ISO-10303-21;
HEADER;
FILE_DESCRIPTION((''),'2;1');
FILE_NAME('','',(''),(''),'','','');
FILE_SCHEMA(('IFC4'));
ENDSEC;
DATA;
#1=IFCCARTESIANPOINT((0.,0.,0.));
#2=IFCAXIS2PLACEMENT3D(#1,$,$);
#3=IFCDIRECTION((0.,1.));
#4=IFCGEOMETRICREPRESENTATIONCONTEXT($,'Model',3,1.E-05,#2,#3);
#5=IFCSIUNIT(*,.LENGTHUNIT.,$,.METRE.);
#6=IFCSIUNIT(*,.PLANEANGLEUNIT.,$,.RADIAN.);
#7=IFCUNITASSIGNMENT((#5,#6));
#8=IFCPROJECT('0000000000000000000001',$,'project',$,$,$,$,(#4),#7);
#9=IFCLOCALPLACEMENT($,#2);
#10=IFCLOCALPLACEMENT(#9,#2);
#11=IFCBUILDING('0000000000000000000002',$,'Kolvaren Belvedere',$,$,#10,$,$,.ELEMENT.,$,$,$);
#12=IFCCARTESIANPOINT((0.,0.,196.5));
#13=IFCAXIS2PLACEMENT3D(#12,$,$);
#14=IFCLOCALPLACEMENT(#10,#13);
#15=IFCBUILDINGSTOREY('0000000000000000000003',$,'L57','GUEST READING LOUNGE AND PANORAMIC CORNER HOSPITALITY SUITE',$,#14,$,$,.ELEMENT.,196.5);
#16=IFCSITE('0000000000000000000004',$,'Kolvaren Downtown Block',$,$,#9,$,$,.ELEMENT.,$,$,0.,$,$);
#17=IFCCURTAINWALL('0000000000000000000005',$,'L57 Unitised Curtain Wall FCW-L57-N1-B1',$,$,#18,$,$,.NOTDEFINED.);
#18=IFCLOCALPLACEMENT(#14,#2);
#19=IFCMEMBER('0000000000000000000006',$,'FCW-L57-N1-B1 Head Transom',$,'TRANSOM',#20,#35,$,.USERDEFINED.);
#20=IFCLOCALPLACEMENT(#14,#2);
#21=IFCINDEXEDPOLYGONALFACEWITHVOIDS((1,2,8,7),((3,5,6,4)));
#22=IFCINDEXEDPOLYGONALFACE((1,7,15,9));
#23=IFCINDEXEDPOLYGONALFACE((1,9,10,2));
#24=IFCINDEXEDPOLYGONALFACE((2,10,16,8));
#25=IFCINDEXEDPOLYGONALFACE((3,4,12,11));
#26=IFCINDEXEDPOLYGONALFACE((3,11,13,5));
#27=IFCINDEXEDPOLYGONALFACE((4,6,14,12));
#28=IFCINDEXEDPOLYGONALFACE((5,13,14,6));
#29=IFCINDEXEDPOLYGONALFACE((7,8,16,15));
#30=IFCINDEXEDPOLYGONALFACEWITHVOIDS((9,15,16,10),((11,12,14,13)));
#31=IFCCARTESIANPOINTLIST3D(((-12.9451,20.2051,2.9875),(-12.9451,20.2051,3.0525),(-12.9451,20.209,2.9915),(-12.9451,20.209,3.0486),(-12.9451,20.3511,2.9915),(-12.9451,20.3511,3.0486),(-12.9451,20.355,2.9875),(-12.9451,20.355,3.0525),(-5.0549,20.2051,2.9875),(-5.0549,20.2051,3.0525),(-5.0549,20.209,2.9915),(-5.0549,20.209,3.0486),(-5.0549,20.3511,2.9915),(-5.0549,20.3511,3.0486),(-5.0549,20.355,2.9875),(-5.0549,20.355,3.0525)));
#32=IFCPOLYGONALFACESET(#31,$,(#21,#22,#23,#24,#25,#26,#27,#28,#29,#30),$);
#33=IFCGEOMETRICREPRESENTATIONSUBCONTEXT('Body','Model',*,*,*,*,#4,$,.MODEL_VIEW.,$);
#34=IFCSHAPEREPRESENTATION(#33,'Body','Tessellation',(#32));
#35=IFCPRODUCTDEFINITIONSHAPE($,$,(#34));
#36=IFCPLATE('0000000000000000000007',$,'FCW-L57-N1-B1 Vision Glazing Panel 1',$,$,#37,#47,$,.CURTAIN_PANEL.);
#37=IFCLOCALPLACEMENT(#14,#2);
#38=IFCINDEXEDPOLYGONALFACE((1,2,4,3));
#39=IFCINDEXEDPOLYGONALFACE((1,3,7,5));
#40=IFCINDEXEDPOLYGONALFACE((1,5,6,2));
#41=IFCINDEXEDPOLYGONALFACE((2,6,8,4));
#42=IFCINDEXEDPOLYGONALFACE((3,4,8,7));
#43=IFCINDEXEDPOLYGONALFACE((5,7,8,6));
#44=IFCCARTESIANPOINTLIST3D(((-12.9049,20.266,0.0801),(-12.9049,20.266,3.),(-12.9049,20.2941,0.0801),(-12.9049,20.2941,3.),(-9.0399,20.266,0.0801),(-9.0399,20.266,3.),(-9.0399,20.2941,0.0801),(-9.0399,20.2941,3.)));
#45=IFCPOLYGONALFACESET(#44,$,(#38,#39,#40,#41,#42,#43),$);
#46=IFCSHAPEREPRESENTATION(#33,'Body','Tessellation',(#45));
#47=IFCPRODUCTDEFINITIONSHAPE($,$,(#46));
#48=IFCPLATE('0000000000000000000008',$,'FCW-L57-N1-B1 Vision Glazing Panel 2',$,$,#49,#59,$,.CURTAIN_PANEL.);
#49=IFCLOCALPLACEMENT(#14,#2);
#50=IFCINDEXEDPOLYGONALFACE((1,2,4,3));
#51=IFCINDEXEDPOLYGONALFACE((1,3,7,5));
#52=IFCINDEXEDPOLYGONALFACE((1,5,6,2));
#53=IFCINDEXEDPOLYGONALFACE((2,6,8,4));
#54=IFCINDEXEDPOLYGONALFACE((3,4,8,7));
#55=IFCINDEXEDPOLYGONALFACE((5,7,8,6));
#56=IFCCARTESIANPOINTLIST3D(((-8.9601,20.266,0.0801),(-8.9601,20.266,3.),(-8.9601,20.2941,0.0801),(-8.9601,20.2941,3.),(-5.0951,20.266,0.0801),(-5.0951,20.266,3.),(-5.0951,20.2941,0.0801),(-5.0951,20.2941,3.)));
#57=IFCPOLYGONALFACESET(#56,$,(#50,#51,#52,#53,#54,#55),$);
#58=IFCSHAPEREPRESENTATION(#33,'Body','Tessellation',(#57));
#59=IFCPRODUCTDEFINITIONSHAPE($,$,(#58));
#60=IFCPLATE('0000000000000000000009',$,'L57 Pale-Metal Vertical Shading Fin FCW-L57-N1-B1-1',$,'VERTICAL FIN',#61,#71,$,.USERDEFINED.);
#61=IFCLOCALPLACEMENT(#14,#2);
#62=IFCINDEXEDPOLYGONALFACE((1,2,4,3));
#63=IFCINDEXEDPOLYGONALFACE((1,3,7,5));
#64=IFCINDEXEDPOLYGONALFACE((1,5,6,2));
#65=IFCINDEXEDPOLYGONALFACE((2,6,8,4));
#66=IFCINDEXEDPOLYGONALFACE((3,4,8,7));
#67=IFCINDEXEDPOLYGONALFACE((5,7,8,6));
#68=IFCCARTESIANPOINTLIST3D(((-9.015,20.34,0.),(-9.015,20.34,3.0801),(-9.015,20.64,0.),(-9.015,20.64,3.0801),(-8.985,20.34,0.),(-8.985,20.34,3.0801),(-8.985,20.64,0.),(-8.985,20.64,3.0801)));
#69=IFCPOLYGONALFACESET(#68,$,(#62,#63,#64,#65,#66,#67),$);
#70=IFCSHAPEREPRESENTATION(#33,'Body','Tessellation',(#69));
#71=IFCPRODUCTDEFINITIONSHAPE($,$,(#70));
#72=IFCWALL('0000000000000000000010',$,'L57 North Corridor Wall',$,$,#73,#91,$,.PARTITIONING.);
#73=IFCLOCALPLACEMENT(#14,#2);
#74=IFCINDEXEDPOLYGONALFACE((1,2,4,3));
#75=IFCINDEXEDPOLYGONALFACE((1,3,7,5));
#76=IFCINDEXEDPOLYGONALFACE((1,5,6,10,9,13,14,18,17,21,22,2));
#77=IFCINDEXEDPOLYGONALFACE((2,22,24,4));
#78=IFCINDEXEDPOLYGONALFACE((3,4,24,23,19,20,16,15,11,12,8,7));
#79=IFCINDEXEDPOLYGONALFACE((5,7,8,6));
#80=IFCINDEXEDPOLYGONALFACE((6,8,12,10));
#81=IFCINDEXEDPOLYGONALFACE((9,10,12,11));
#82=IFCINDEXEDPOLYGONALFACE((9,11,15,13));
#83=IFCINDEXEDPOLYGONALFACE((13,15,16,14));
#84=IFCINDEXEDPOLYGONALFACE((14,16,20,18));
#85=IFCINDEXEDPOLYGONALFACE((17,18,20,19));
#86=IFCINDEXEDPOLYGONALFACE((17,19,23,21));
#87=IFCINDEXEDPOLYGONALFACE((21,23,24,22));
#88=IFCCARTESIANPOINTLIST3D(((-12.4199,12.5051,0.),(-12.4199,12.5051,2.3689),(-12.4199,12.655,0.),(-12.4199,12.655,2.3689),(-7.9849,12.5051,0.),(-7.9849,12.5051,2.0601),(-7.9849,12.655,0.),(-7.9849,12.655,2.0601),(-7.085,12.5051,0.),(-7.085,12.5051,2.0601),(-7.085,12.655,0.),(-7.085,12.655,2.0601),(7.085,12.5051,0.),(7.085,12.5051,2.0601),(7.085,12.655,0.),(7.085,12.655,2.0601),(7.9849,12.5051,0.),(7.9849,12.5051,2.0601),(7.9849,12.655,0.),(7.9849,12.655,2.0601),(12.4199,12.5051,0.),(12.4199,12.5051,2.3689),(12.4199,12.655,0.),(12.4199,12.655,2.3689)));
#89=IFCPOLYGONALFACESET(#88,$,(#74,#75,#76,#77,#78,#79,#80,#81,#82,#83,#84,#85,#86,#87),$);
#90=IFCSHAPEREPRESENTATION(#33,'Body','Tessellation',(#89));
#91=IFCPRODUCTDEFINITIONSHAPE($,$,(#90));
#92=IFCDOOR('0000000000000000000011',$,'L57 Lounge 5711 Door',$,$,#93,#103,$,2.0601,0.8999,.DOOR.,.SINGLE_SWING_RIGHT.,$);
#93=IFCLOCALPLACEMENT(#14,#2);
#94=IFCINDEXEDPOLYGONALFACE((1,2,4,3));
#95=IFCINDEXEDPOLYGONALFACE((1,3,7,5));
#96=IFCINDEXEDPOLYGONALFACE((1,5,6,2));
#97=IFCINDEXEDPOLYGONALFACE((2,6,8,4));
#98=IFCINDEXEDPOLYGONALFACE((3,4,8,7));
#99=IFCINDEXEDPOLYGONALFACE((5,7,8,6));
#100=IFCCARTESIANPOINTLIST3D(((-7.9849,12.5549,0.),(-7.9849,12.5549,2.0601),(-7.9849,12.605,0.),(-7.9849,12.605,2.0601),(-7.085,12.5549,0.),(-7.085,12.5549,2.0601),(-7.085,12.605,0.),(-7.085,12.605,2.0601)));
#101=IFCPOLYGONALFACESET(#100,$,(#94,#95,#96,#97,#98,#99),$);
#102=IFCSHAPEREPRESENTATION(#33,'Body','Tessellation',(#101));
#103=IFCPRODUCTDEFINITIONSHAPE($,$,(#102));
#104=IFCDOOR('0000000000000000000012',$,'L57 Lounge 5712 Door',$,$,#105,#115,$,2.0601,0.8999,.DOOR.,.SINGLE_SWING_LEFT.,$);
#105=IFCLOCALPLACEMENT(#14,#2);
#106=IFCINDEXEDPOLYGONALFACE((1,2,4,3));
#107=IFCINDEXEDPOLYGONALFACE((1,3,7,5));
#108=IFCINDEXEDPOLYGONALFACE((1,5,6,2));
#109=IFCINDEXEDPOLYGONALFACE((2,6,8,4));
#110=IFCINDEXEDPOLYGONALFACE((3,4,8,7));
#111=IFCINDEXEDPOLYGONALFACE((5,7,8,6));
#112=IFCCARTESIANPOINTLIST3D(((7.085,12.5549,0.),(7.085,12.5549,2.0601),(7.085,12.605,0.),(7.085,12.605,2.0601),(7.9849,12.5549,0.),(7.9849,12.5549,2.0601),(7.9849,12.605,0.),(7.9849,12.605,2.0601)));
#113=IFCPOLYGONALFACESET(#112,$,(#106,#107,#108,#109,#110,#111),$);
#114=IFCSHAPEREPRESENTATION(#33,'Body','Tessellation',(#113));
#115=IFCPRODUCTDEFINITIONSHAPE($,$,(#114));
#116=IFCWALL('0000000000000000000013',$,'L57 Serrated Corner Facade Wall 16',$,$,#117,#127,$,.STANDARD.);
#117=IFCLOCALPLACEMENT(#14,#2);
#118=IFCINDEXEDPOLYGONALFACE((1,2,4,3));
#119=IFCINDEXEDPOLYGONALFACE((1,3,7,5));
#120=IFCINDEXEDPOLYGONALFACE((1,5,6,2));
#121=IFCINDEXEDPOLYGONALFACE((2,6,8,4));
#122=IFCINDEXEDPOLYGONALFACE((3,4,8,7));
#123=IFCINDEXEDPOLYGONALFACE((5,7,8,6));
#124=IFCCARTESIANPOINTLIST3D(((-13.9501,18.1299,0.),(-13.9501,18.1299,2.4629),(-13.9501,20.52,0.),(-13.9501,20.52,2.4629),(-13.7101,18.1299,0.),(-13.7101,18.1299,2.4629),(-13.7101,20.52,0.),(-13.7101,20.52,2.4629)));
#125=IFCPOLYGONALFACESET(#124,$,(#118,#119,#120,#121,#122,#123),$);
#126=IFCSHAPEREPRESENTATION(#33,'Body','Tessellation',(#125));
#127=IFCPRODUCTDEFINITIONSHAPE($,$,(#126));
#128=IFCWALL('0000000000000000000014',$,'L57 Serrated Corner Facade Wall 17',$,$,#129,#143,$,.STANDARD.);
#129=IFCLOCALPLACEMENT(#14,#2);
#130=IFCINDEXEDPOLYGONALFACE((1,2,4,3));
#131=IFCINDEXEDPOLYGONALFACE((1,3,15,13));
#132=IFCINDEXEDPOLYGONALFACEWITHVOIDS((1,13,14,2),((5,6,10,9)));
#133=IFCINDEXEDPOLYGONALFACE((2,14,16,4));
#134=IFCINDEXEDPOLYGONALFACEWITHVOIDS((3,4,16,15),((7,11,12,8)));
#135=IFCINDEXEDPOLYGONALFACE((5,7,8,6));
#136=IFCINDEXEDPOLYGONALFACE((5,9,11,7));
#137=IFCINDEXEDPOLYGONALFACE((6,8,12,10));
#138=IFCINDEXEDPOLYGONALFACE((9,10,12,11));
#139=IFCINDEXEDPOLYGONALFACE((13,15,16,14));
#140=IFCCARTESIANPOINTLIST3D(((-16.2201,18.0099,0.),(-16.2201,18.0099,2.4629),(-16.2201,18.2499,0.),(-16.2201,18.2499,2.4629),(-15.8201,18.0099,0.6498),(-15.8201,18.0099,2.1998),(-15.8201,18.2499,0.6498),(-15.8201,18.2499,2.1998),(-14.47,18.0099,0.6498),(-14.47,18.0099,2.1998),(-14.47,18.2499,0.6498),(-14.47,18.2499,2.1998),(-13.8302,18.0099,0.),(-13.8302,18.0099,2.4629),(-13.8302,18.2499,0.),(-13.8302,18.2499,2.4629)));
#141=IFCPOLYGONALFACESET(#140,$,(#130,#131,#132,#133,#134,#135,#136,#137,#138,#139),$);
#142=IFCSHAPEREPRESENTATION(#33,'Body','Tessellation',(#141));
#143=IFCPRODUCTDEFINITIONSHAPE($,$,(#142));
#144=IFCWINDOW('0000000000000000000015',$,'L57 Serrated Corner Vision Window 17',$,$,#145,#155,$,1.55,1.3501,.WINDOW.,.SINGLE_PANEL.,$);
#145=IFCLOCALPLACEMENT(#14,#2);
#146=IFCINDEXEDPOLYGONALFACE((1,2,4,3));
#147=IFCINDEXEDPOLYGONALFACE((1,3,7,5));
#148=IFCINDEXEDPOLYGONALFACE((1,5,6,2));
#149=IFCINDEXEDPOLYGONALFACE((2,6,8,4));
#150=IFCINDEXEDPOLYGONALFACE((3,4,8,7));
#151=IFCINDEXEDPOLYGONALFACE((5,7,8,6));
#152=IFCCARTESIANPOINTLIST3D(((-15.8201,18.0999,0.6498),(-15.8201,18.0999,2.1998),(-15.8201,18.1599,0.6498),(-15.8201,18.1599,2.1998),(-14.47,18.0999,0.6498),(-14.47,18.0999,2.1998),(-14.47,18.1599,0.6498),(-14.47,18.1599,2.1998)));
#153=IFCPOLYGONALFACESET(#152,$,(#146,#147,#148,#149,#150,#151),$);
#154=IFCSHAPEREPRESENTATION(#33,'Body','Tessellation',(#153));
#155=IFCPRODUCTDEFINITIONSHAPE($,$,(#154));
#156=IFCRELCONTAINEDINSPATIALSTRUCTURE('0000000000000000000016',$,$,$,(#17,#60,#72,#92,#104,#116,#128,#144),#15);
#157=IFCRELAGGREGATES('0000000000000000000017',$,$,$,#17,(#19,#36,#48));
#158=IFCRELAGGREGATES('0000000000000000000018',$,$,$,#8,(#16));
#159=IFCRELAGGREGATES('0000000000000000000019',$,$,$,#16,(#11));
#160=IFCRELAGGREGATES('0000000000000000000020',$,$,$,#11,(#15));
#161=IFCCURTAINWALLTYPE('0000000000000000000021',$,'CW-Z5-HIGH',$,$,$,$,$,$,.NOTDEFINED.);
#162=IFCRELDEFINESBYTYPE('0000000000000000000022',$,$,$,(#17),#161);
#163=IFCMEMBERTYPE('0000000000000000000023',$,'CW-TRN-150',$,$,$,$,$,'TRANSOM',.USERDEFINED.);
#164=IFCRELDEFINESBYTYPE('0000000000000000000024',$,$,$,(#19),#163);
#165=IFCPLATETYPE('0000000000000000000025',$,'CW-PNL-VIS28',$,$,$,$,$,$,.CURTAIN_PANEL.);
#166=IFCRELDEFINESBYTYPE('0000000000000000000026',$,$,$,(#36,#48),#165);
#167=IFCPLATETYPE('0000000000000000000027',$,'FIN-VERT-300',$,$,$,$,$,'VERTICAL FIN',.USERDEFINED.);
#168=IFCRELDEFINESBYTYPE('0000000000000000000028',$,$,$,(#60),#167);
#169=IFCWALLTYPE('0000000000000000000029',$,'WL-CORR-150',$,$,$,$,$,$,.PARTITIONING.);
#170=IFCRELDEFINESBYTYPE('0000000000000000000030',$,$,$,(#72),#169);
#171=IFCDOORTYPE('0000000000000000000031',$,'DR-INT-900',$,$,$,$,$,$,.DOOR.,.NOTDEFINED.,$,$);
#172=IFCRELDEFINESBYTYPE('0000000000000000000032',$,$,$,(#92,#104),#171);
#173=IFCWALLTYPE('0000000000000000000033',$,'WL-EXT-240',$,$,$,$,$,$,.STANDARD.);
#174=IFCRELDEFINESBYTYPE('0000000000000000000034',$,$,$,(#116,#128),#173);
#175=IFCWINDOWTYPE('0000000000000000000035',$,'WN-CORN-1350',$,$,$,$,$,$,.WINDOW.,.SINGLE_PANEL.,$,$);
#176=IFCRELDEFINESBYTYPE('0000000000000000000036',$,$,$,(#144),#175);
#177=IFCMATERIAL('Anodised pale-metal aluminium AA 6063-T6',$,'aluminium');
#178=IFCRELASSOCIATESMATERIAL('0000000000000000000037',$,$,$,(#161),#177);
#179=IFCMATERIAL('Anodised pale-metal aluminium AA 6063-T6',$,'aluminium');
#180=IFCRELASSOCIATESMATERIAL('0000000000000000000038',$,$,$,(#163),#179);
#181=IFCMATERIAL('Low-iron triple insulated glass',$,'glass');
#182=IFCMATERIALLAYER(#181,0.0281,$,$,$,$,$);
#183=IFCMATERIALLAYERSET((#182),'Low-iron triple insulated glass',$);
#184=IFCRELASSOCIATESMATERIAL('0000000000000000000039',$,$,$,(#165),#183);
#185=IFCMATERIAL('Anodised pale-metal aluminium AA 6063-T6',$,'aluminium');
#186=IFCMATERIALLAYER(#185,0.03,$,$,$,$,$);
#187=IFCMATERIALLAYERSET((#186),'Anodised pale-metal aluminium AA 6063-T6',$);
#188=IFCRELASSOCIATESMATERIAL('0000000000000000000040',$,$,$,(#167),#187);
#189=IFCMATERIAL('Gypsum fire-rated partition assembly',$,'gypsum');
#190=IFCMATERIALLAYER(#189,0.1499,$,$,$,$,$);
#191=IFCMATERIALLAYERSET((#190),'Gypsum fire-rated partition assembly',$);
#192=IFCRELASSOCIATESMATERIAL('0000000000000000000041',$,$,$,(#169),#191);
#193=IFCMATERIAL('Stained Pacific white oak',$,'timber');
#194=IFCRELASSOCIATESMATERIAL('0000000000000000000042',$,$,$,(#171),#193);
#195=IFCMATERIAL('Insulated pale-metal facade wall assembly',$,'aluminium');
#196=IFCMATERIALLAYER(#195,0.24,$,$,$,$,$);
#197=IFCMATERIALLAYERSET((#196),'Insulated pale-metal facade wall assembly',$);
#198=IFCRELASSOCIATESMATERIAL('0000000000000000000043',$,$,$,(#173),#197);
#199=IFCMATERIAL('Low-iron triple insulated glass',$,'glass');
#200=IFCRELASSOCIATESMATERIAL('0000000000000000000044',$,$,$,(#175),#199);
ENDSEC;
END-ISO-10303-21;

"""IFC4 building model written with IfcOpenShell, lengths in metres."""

from ifc_helpers import new_model, si_unit, direction, frame, frame_2d, origin, origin_2d, place, context, subcontext, project, spatial, rectangle, hollow_rectangle, extrude, material, layer, layer_set, material_profile, profile_set, type_object, element, fill, aggregate, save


model = new_model("IFC4")

# Units and contexts
model_context = context("Model", 3, precision=1e-05, world=origin(), true_north=direction((0.0, 1.0)))
body_context = subcontext(model_context, "Body", "Model", "MODEL_VIEW")
ifc_project = project(units=[si_unit("LENGTHUNIT", "METRE"), si_unit("PLANEANGLEUNIT", "RADIAN")], contexts=[model_context])

# Site, building, storey
site_placement = place(None, origin())
site = spatial("IfcSite", under=ifc_project, at=site_placement, Name="Kolvaren Downtown Block", CompositionType="ELEMENT", RefElevation=0.0)
building_placement = place(site_placement, origin())
building = spatial("IfcBuilding", under=site, at=building_placement, Name="Kolvaren Belvedere", CompositionType="ELEMENT")
storey_placement = place(building_placement, frame((0.0, 0.0, 196.5)))
storey = spatial("IfcBuildingStorey", under=building, at=storey_placement, Name="L57", Description="GUEST READING LOUNGE AND PANORAMIC CORNER HOSPITALITY SUITE", CompositionType="ELEMENT", Elevation=196.5)

# Curtain wall
ifc_material_1 = material(Name="Anodised pale-metal aluminium AA 6063-T6", Category="aluminium")
curtain_wall_type = type_object("IfcCurtainWallType", Name="CW-Z5-HIGH", PredefinedType="NOTDEFINED", material=ifc_material_1)
curtain_wall_1_placement = place(storey_placement, origin())
curtain_wall_1 = element("IfcCurtainWall", 1, at=curtain_wall_1_placement, inside=storey, type_object=curtain_wall_type, Name="L57 Unitised Curtain Wall FCW-L57-N1-B1", PredefinedType="NOTDEFINED")

# Member
ifc_material_2 = material(Name="Anodised pale-metal aluminium AA 6063-T6", Category="aluminium")
ifc_material_profile_1 = material_profile(ifc_material_2, hollow_rectangle(XDim=0.0649, YDim=0.1499, WallThickness=0.0039, at=origin_2d()), Name="ALU-TRN-150X65")
ifc_profile_set_1 = profile_set([ifc_material_profile_1], Name="Anodised pale-metal aluminium AA 6063-T6")
member_type_1 = type_object("IfcMemberType", Name="CW-TRN-150", ElementType="TRANSOM", PredefinedType="USERDEFINED", material=ifc_profile_set_1)
member_1_placement = place(storey_placement, frame((-12.9451, 20.28, 3.02), z_axis=(1.0, 0.0, 0.0), x_axis=(0.0, 0.0, 1.0)))
member_1 = element("IfcMember", 2, at=member_1_placement, type_object=member_type_1, Name="FCW-L57-N1-B1 Head Transom", ObjectType="TRANSOM", PredefinedType="USERDEFINED", context=body_context, shape_type="SweptSolid", body=[
    extrude(hollow_rectangle(XDim=0.0649, YDim=0.1499, WallThickness=0.0039, at=origin_2d()), origin(), (0.0, 0.0, 1.0), 7.8901),
])

# Plates
ifc_material_3 = material(Name="Low-iron triple insulated glass", Category="glass")
ifc_layer_1 = layer(ifc_material_3, 0.0281)
ifc_layer_set_1 = layer_set([ifc_layer_1], Name="Low-iron triple insulated glass")
plate_type_1 = type_object("IfcPlateType", Name="CW-PNL-VIS28", PredefinedType="CURTAIN_PANEL", material=ifc_layer_set_1)
plate_1_placement = place(storey_placement, frame((-10.9724, 20.28, 0.0801), z_axis=(0.0, 0.0, 1.0), x_axis=(1.0, 0.0, 0.0)))
plate_1 = element("IfcPlate", 3, at=plate_1_placement, type_object=plate_type_1, Name="FCW-L57-N1-B1 Vision Glazing Panel 1", PredefinedType="CURTAIN_PANEL", context=body_context, shape_type="SweptSolid", body=[
    extrude(rectangle(XDim=3.865, YDim=0.0281, at=origin_2d()), origin(), (0.0, 0.0, 1.0), 2.9199),
])
plate_2_placement = place(storey_placement, frame((-7.0276, 20.28, 0.0801), z_axis=(0.0, 0.0, 1.0), x_axis=(1.0, 0.0, 0.0)))
plate_2 = element("IfcPlate", 4, at=plate_2_placement, type_object=plate_type_1, Name="FCW-L57-N1-B1 Vision Glazing Panel 2", PredefinedType="CURTAIN_PANEL", context=body_context, shape_type="SweptSolid", body=[
    extrude(rectangle(XDim=3.865, YDim=0.0281, at=origin_2d()), origin(), (0.0, 0.0, 1.0), 2.9199),
])
aggregate(curtain_wall_1, [member_1, plate_1, plate_2])
ifc_material_4 = material(Name="Anodised pale-metal aluminium AA 6063-T6", Category="aluminium")
ifc_layer_2 = layer(ifc_material_4, 0.03)
ifc_layer_set_2 = layer_set([ifc_layer_2], Name="Anodised pale-metal aluminium AA 6063-T6")
plate_type_2 = type_object("IfcPlateType", Name="FIN-VERT-300", ElementType="VERTICAL FIN", PredefinedType="USERDEFINED", material=ifc_layer_set_2)
plate_3_placement = place(storey_placement, frame((-9.0, 20.49, 0.0), z_axis=(0.0, 0.0, 1.0), x_axis=(0.0, 1.0, 0.0)))
element("IfcPlate", 5, at=plate_3_placement, inside=storey, type_object=plate_type_2, Name="L57 Pale-Metal Vertical Shading Fin FCW-L57-N1-B1-1", ObjectType="VERTICAL FIN", PredefinedType="USERDEFINED", context=body_context, shape_type="SweptSolid", body=[
    extrude(rectangle(XDim=0.3, YDim=0.03, at=origin_2d()), origin(), (0.0, 0.0, 1.0), 3.0801),
])

# Wall, openings, doors
ifc_material_5 = material(Name="Gypsum fire-rated partition assembly", Category="gypsum")
ifc_layer_3 = layer(ifc_material_5, 0.1499)
ifc_layer_set_3 = layer_set([ifc_layer_3], Name="Gypsum fire-rated partition assembly")
wall_type_1 = type_object("IfcWallType", Name="WL-CORR-150", PredefinedType="PARTITIONING", material=ifc_layer_set_3)
wall_1_placement = place(storey_placement, frame((-12.4199, 12.5801, 0.0), z_axis=(0.0, 0.0, 1.0), x_axis=(1.0, 0.0, 0.0)))
wall_1 = element("IfcWall", 6, at=wall_1_placement, inside=storey, type_object=wall_type_1, Name="L57 North Corridor Wall", PredefinedType="PARTITIONING", context=body_context, shape_type="SweptSolid", body=[
    extrude(rectangle(XDim=24.8398, YDim=0.1499, at=frame_2d((12.4199, 0.0))), origin(), (0.0, 0.0, 1.0), 2.3689),
])
opening_1_placement = place(wall_1_placement, frame((4.4351, 0.0, 0.0)))
opening_1 = element("IfcOpeningElement", 7, at=opening_1_placement, cuts=wall_1, PredefinedType="OPENING", context=body_context, shape_type="SweptSolid", body=[
    extrude(rectangle(XDim=0.8999, YDim=2.0601, at=frame_2d((0.45, 1.03))), frame((0.0, 0.085, 0.0), z_axis=(0.0, -1.0, 0.0), x_axis=(1.0, 0.0, 0.0)), (0.0, 0.0, 1.0), 0.1699),
])
opening_2_placement = place(wall_1_placement, frame((19.5049, 0.0, 0.0)))
opening_2 = element("IfcOpeningElement", 8, at=opening_2_placement, cuts=wall_1, PredefinedType="OPENING", context=body_context, shape_type="SweptSolid", body=[
    extrude(rectangle(XDim=0.8999, YDim=2.0601, at=frame_2d((0.45, 1.03))), frame((0.0, 0.085, 0.0), z_axis=(0.0, -1.0, 0.0), x_axis=(1.0, 0.0, 0.0)), (0.0, 0.0, 1.0), 0.1699),
])
ifc_material_6 = material(Name="Stained Pacific white oak", Category="timber")
door_type = type_object("IfcDoorType", Name="DR-INT-900", OperationType="NOTDEFINED", PredefinedType="DOOR", material=ifc_material_6)
door_1_placement = place(opening_1_placement, origin())
door_1 = element("IfcDoor", 9, at=door_1_placement, inside=storey, type_object=door_type, Name="L57 Lounge 5711 Door", OperationType="SINGLE_SWING_RIGHT", OverallHeight=2.0601, OverallWidth=0.8999, PredefinedType="DOOR", context=body_context, shape_type="SweptSolid", body=[
    extrude(rectangle(XDim=0.8999, YDim=2.0601, at=frame_2d((0.45, 1.03))), frame((0.0, 0.0249, 0.0), z_axis=(0.0, -1.0, 0.0), x_axis=(1.0, 0.0, 0.0)), (0.0, 0.0, 1.0), 0.05),
])
fill(opening_1, door_1)
door_2_placement = place(opening_2_placement, origin())
door_2 = element("IfcDoor", 10, at=door_2_placement, inside=storey, type_object=door_type, Name="L57 Lounge 5712 Door", OperationType="SINGLE_SWING_LEFT", OverallHeight=2.0601, OverallWidth=0.8999, PredefinedType="DOOR", context=body_context, shape_type="SweptSolid", body=[
    extrude(rectangle(XDim=0.8999, YDim=2.0601, at=frame_2d((0.45, 1.03))), frame((0.0, 0.0249, 0.0), z_axis=(0.0, -1.0, 0.0), x_axis=(1.0, 0.0, 0.0)), (0.0, 0.0, 1.0), 0.05),
])
fill(opening_2, door_2)

# Wall
ifc_material_7 = material(Name="Insulated pale-metal facade wall assembly", Category="aluminium")
ifc_layer_4 = layer(ifc_material_7, 0.24)
ifc_layer_set_4 = layer_set([ifc_layer_4], Name="Insulated pale-metal facade wall assembly")
wall_type_2 = type_object("IfcWallType", Name="WL-EXT-240", PredefinedType="STANDARD", material=ifc_layer_set_4)
wall_2_placement = place(storey_placement, frame((-13.8301, 18.1299, 0.0), z_axis=(0.0, 0.0, 1.0), x_axis=(0.0, 1.0, 0.0)))
element("IfcWall", 11, at=wall_2_placement, inside=storey, type_object=wall_type_2, Name="L57 Serrated Corner Facade Wall 16", PredefinedType="STANDARD", context=body_context, shape_type="SweptSolid", body=[
    extrude(rectangle(XDim=2.3901, YDim=0.24, at=frame_2d((1.1951, 0.0))), origin(), (0.0, 0.0, 1.0), 2.4629),
])

# Wall, opening, window
wall_3_placement = place(storey_placement, frame((-16.22, 18.1299, 0.0), z_axis=(0.0, 0.0, 1.0), x_axis=(1.0, 0.0, 0.0)))
wall_3 = element("IfcWall", 12, at=wall_3_placement, inside=storey, type_object=wall_type_2, Name="L57 Serrated Corner Facade Wall 17", PredefinedType="STANDARD", context=body_context, shape_type="SweptSolid", body=[
    extrude(rectangle(XDim=2.3899, YDim=0.24, at=frame_2d((1.1948, 0.0))), origin(), (0.0, 0.0, 1.0), 2.4629),
])
opening_3_placement = place(wall_3_placement, frame((0.3999, 0.0, 0.6499)))
opening_3 = element("IfcOpeningElement", 13, at=opening_3_placement, cuts=wall_3, PredefinedType="OPENING", context=body_context, shape_type="SweptSolid", body=[
    extrude(rectangle(XDim=1.3501, YDim=1.55, at=frame_2d((0.675, 0.7749))), frame((0.0, 0.1299, 0.0), z_axis=(0.0, -1.0, 0.0), x_axis=(1.0, 0.0, 0.0)), (0.0, 0.0, 1.0), 0.26),
])
ifc_material_8 = material(Name="Low-iron triple insulated glass", Category="glass")
window_type_1 = type_object("IfcWindowType", Name="WN-CORN-1350", PartitioningType="SINGLE_PANEL", PredefinedType="WINDOW", material=ifc_material_8)
window_1_placement = place(opening_3_placement, origin())
window_1 = element("IfcWindow", 14, at=window_1_placement, inside=storey, type_object=window_type_1, Name="L57 Serrated Corner Vision Window 17", OverallHeight=1.55, OverallWidth=1.3501, PartitioningType="SINGLE_PANEL", PredefinedType="WINDOW", context=body_context, shape_type="SweptSolid", body=[
    extrude(rectangle(XDim=1.3501, YDim=1.55, at=frame_2d((0.675, 0.7749))), frame((0.0, 0.03, 0.0), z_axis=(0.0, -1.0, 0.0), x_axis=(1.0, 0.0, 0.0)), (0.0, 0.0, 1.0), 0.0601),
])
fill(opening_3, window_1)

save(model, "model.ifc")
